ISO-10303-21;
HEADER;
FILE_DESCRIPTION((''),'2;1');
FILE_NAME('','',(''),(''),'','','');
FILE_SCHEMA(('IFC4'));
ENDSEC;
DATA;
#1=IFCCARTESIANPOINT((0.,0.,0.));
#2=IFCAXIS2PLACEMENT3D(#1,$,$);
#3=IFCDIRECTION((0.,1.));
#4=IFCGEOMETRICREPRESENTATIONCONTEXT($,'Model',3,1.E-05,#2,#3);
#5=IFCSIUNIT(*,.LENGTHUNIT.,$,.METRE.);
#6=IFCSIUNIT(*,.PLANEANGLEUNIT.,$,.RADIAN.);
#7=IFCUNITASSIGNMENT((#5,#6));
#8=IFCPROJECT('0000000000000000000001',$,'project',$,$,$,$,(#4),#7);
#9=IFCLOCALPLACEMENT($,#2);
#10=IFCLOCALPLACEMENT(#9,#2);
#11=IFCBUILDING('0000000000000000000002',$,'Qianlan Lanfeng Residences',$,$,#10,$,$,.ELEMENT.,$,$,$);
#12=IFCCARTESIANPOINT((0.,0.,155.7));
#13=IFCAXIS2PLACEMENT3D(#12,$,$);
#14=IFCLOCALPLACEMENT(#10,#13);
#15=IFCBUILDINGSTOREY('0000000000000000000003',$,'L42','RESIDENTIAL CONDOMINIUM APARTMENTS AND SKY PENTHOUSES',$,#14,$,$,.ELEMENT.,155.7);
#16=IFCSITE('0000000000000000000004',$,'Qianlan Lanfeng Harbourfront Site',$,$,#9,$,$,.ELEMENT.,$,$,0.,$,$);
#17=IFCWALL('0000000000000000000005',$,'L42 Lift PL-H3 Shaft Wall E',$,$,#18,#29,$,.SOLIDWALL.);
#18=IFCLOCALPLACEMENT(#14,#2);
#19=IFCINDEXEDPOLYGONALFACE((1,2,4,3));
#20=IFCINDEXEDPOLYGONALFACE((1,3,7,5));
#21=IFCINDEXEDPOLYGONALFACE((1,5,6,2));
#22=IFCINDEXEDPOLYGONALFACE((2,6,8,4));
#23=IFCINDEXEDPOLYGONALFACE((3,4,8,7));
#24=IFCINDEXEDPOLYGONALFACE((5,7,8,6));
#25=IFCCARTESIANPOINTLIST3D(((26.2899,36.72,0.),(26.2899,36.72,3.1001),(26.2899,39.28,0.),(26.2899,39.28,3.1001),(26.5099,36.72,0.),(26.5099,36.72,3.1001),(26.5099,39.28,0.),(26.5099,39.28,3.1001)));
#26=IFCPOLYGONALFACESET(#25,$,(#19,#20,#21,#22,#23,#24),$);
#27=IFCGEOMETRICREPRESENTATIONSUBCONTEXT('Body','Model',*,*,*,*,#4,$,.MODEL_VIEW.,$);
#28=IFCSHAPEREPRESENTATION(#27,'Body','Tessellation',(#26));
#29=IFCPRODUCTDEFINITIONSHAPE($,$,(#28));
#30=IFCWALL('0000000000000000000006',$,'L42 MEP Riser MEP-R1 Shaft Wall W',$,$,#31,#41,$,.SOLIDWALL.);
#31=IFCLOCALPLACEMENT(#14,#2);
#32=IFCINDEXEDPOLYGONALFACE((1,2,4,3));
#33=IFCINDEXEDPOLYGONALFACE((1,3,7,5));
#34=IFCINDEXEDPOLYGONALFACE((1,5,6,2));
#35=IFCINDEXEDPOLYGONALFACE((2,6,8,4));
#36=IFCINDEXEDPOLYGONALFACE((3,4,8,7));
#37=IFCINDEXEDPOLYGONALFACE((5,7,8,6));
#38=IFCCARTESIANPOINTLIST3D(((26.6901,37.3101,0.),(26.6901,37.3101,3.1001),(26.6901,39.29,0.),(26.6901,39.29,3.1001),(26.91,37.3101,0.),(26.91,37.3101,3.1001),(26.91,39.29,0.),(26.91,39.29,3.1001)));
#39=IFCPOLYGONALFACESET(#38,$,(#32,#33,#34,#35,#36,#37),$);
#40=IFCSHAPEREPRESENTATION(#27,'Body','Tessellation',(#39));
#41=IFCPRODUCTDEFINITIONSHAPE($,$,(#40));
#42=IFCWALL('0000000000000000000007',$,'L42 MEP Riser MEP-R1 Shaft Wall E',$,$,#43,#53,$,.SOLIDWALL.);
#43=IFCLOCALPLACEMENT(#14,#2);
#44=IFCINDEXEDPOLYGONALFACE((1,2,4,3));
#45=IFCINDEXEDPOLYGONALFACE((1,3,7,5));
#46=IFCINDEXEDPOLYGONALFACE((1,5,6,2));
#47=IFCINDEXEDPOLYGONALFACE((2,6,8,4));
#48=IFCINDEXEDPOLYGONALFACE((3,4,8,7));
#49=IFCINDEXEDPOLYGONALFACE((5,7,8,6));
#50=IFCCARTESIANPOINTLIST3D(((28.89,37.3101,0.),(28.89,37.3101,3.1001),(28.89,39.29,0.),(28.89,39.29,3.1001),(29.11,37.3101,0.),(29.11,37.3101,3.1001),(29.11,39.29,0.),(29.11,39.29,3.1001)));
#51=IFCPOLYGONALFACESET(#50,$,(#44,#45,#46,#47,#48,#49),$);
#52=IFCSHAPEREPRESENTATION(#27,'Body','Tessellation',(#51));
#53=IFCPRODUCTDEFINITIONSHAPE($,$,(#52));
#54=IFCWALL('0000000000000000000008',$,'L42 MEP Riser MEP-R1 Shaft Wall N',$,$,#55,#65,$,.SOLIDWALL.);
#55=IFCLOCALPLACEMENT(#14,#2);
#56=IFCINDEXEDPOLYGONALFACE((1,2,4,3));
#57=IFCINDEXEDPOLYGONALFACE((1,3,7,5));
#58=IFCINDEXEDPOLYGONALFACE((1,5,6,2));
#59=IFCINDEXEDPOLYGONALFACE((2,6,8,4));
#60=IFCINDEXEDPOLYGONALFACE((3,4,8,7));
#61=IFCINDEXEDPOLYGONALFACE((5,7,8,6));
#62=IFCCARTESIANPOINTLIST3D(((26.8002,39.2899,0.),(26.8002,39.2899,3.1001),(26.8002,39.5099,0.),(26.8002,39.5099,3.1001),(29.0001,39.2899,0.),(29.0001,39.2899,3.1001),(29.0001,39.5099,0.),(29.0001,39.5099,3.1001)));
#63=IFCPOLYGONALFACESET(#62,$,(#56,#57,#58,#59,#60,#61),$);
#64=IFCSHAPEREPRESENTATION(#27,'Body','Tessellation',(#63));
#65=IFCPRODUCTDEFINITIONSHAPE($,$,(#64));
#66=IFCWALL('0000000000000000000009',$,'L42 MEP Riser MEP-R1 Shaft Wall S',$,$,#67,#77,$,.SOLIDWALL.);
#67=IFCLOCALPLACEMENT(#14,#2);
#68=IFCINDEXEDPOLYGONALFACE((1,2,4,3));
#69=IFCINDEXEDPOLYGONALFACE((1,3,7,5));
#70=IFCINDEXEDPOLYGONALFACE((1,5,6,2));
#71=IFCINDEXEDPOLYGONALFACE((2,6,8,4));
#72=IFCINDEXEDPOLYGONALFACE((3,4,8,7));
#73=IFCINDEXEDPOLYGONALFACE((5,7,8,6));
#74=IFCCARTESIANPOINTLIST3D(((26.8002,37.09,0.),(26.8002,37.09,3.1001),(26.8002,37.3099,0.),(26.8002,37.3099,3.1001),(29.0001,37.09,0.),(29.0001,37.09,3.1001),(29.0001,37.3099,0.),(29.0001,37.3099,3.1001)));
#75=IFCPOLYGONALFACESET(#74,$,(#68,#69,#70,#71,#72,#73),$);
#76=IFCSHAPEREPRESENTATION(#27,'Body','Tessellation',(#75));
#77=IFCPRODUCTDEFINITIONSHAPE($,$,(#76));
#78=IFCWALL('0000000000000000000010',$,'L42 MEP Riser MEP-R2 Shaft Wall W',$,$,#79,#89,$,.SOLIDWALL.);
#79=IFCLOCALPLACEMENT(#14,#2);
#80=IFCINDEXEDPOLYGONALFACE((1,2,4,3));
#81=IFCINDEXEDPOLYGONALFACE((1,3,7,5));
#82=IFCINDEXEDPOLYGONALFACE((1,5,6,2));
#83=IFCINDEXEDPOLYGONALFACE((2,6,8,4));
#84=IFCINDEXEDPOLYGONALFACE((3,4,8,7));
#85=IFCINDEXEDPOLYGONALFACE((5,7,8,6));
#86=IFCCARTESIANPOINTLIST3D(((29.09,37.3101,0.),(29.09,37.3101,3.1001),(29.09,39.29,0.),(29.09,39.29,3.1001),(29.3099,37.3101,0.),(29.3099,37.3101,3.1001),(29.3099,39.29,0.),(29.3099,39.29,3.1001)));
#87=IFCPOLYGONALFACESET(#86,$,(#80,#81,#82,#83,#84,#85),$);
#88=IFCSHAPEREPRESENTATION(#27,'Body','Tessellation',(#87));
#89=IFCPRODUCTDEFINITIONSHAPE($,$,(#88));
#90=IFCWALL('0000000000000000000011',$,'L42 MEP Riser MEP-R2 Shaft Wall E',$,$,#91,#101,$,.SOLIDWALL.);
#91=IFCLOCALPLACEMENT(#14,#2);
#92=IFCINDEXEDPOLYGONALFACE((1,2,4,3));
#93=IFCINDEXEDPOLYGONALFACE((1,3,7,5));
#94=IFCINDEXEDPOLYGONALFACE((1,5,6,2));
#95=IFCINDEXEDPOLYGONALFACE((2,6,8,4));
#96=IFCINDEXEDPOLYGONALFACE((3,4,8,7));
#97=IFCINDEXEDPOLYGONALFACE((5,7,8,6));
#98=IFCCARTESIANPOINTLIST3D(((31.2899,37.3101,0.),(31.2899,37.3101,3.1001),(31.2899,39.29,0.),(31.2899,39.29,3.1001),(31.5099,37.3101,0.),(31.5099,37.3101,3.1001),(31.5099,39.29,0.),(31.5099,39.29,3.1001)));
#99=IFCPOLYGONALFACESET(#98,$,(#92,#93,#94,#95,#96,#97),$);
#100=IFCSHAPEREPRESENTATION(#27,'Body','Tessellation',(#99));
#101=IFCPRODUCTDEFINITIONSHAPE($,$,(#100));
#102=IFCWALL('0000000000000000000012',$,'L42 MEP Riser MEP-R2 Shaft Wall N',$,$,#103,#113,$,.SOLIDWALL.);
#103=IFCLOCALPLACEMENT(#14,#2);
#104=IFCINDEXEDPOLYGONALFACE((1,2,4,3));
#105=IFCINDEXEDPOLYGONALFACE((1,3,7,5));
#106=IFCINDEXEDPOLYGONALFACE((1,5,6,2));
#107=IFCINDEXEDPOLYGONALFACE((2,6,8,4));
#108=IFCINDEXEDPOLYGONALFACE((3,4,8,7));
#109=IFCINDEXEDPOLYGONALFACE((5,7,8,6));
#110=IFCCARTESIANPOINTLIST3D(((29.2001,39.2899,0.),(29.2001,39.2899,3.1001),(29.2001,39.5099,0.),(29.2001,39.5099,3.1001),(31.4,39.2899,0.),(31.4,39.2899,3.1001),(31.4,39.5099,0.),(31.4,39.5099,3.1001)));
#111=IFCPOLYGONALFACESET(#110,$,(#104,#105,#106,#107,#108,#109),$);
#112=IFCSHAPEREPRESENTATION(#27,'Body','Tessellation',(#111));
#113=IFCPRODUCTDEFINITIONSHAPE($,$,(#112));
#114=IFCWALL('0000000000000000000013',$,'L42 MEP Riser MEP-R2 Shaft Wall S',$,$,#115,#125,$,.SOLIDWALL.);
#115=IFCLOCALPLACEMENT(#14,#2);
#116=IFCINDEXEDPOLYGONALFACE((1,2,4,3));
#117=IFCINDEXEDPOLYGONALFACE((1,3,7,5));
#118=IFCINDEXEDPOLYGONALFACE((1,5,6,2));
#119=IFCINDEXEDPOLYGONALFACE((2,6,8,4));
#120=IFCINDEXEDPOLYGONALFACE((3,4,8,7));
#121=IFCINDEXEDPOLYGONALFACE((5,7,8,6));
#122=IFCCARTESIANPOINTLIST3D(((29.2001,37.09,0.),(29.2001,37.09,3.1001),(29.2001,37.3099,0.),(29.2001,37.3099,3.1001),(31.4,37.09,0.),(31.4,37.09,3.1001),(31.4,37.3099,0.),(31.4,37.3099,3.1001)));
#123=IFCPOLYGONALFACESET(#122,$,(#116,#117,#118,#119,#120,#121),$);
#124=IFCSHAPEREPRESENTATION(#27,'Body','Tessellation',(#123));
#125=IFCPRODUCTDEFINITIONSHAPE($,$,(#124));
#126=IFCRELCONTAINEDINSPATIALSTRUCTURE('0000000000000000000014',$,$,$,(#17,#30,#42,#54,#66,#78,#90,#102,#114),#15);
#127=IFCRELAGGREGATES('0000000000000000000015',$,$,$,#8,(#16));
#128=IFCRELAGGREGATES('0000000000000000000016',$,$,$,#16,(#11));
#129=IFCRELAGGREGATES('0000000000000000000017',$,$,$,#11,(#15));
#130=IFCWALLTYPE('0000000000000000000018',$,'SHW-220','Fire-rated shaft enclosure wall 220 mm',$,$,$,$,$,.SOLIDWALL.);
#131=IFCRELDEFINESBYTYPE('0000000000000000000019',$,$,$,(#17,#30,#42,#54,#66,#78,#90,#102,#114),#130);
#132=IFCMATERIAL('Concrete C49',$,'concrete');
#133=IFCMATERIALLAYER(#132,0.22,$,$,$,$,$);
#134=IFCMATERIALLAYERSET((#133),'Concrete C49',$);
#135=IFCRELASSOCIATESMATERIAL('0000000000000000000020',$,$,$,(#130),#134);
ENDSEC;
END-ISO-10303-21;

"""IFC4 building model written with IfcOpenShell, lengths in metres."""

from ifc_helpers import new_model, si_unit, direction, frame, frame_2d, origin, place, context, subcontext, project, spatial, rectangle, extrude, material, layer, layer_set, type_object, element, save


model = new_model("IFC4")

# Units and contexts
model_context = context("Model", 3, precision=1e-05, world=origin(), true_north=direction((0.0, 1.0)))
body_context = subcontext(model_context, "Body", "Model", "MODEL_VIEW")
ifc_project = project(units=[si_unit("LENGTHUNIT", "METRE"), si_unit("PLANEANGLEUNIT", "RADIAN")], contexts=[model_context])

# Site, building, storey
site_placement = place(None, origin())
site = spatial("IfcSite", under=ifc_project, at=site_placement, Name="Qianlan Lanfeng Harbourfront Site", CompositionType="ELEMENT", RefElevation=0.0)
building_placement = place(site_placement, origin())
building = spatial("IfcBuilding", under=site, at=building_placement, Name="Qianlan Lanfeng Residences", CompositionType="ELEMENT")
storey_placement = place(building_placement, frame((0.0, 0.0, 155.7)))
storey = spatial("IfcBuildingStorey", under=building, at=storey_placement, Name="L42", Description="RESIDENTIAL CONDOMINIUM APARTMENTS AND SKY PENTHOUSES", CompositionType="ELEMENT", Elevation=155.7)

# Walls
ifc_material_1 = material(Name="Concrete C49", Category="concrete")
ifc_layer_1 = layer(ifc_material_1, 0.22)
ifc_layer_set_1 = layer_set([ifc_layer_1], Name="Concrete C49")
wall_type_1 = type_object("IfcWallType", Name="SHW-220", Description="Fire-rated shaft enclosure wall 220 mm", PredefinedType="SOLIDWALL", material=ifc_layer_set_1)
for number, where, z_axis, x_axis, name in (
    (1, (26.3999, 36.72, 0.0), (0.0, 0.0, 1.0), (0.0, 1.0, 0.0), "L42 Lift PL-H3 Shaft Wall E"),
):
    element("IfcWall", number, at=place(storey_placement, frame(where, z_axis=z_axis, x_axis=x_axis)), inside=storey, type_object=wall_type_1, Name=name, PredefinedType="SOLIDWALL", context=body_context, shape_type="SweptSolid", body=[
        extrude(rectangle(XDim=2.5601, YDim=0.22, at=frame_2d((1.28, 0.0))), origin(), (0.0, 0.0, 1.0), 3.1001),
    ])
for number, where, z_axis, x_axis, name in (
    (2, (26.8, 37.3101, 0.0), (0.0, 0.0, 1.0), (0.0, 1.0, 0.0), "L42 MEP Riser MEP-R1 Shaft Wall W"),
    (3, (29.0, 37.3101, 0.0), (0.0, 0.0, 1.0), (0.0, 1.0, 0.0), "L42 MEP Riser MEP-R1 Shaft Wall E"),
):
    element("IfcWall", number, at=place(storey_placement, frame(where, z_axis=z_axis, x_axis=x_axis)), inside=storey, type_object=wall_type_1, Name=name, PredefinedType="SOLIDWALL", context=body_context, shape_type="SweptSolid", body=[
        extrude(rectangle(XDim=1.98, YDim=0.22, at=frame_2d((0.99, 0.0))), origin(), (0.0, 0.0, 1.0), 3.1001),
    ])
for number, where, z_axis, x_axis, name in (
    (4, (26.8, 39.3999, 0.0), (0.0, 0.0, 1.0), (1.0, 0.0, 0.0), "L42 MEP Riser MEP-R1 Shaft Wall N"),
    (5, (26.8, 37.2, 0.0), (0.0, 0.0, 1.0), (1.0, 0.0, 0.0), "L42 MEP Riser MEP-R1 Shaft Wall S"),
):
    element("IfcWall", number, at=place(storey_placement, frame(where, z_axis=z_axis, x_axis=x_axis)), inside=storey, type_object=wall_type_1, Name=name, PredefinedType="SOLIDWALL", context=body_context, shape_type="SweptSolid", body=[
        extrude(rectangle(XDim=2.2, YDim=0.22, at=frame_2d((1.1001, 0.0))), origin(), (0.0, 0.0, 1.0), 3.1001),
    ])
for number, where, z_axis, x_axis, name in (
    (6, (29.2, 37.3101, 0.0), (0.0, 0.0, 1.0), (0.0, 1.0, 0.0), "L42 MEP Riser MEP-R2 Shaft Wall W"),
    (7, (31.3999, 37.3101, 0.0), (0.0, 0.0, 1.0), (0.0, 1.0, 0.0), "L42 MEP Riser MEP-R2 Shaft Wall E"),
):
    element("IfcWall", number, at=place(storey_placement, frame(where, z_axis=z_axis, x_axis=x_axis)), inside=storey, type_object=wall_type_1, Name=name, PredefinedType="SOLIDWALL", context=body_context, shape_type="SweptSolid", body=[
        extrude(rectangle(XDim=1.98, YDim=0.22, at=frame_2d((0.99, 0.0))), origin(), (0.0, 0.0, 1.0), 3.1001),
    ])
for number, where, z_axis, x_axis, name in (
    (8, (29.2, 39.3999, 0.0), (0.0, 0.0, 1.0), (1.0, 0.0, 0.0), "L42 MEP Riser MEP-R2 Shaft Wall N"),
    (9, (29.2, 37.2, 0.0), (0.0, 0.0, 1.0), (1.0, 0.0, 0.0), "L42 MEP Riser MEP-R2 Shaft Wall S"),
):
    element("IfcWall", number, at=place(storey_placement, frame(where, z_axis=z_axis, x_axis=x_axis)), inside=storey, type_object=wall_type_1, Name=name, PredefinedType="SOLIDWALL", context=body_context, shape_type="SweptSolid", body=[
        extrude(rectangle(XDim=2.2, YDim=0.22, at=frame_2d((1.1001, 0.0))), origin(), (0.0, 0.0, 1.0), 3.1001),
    ])

save(model, "model.ifc")
